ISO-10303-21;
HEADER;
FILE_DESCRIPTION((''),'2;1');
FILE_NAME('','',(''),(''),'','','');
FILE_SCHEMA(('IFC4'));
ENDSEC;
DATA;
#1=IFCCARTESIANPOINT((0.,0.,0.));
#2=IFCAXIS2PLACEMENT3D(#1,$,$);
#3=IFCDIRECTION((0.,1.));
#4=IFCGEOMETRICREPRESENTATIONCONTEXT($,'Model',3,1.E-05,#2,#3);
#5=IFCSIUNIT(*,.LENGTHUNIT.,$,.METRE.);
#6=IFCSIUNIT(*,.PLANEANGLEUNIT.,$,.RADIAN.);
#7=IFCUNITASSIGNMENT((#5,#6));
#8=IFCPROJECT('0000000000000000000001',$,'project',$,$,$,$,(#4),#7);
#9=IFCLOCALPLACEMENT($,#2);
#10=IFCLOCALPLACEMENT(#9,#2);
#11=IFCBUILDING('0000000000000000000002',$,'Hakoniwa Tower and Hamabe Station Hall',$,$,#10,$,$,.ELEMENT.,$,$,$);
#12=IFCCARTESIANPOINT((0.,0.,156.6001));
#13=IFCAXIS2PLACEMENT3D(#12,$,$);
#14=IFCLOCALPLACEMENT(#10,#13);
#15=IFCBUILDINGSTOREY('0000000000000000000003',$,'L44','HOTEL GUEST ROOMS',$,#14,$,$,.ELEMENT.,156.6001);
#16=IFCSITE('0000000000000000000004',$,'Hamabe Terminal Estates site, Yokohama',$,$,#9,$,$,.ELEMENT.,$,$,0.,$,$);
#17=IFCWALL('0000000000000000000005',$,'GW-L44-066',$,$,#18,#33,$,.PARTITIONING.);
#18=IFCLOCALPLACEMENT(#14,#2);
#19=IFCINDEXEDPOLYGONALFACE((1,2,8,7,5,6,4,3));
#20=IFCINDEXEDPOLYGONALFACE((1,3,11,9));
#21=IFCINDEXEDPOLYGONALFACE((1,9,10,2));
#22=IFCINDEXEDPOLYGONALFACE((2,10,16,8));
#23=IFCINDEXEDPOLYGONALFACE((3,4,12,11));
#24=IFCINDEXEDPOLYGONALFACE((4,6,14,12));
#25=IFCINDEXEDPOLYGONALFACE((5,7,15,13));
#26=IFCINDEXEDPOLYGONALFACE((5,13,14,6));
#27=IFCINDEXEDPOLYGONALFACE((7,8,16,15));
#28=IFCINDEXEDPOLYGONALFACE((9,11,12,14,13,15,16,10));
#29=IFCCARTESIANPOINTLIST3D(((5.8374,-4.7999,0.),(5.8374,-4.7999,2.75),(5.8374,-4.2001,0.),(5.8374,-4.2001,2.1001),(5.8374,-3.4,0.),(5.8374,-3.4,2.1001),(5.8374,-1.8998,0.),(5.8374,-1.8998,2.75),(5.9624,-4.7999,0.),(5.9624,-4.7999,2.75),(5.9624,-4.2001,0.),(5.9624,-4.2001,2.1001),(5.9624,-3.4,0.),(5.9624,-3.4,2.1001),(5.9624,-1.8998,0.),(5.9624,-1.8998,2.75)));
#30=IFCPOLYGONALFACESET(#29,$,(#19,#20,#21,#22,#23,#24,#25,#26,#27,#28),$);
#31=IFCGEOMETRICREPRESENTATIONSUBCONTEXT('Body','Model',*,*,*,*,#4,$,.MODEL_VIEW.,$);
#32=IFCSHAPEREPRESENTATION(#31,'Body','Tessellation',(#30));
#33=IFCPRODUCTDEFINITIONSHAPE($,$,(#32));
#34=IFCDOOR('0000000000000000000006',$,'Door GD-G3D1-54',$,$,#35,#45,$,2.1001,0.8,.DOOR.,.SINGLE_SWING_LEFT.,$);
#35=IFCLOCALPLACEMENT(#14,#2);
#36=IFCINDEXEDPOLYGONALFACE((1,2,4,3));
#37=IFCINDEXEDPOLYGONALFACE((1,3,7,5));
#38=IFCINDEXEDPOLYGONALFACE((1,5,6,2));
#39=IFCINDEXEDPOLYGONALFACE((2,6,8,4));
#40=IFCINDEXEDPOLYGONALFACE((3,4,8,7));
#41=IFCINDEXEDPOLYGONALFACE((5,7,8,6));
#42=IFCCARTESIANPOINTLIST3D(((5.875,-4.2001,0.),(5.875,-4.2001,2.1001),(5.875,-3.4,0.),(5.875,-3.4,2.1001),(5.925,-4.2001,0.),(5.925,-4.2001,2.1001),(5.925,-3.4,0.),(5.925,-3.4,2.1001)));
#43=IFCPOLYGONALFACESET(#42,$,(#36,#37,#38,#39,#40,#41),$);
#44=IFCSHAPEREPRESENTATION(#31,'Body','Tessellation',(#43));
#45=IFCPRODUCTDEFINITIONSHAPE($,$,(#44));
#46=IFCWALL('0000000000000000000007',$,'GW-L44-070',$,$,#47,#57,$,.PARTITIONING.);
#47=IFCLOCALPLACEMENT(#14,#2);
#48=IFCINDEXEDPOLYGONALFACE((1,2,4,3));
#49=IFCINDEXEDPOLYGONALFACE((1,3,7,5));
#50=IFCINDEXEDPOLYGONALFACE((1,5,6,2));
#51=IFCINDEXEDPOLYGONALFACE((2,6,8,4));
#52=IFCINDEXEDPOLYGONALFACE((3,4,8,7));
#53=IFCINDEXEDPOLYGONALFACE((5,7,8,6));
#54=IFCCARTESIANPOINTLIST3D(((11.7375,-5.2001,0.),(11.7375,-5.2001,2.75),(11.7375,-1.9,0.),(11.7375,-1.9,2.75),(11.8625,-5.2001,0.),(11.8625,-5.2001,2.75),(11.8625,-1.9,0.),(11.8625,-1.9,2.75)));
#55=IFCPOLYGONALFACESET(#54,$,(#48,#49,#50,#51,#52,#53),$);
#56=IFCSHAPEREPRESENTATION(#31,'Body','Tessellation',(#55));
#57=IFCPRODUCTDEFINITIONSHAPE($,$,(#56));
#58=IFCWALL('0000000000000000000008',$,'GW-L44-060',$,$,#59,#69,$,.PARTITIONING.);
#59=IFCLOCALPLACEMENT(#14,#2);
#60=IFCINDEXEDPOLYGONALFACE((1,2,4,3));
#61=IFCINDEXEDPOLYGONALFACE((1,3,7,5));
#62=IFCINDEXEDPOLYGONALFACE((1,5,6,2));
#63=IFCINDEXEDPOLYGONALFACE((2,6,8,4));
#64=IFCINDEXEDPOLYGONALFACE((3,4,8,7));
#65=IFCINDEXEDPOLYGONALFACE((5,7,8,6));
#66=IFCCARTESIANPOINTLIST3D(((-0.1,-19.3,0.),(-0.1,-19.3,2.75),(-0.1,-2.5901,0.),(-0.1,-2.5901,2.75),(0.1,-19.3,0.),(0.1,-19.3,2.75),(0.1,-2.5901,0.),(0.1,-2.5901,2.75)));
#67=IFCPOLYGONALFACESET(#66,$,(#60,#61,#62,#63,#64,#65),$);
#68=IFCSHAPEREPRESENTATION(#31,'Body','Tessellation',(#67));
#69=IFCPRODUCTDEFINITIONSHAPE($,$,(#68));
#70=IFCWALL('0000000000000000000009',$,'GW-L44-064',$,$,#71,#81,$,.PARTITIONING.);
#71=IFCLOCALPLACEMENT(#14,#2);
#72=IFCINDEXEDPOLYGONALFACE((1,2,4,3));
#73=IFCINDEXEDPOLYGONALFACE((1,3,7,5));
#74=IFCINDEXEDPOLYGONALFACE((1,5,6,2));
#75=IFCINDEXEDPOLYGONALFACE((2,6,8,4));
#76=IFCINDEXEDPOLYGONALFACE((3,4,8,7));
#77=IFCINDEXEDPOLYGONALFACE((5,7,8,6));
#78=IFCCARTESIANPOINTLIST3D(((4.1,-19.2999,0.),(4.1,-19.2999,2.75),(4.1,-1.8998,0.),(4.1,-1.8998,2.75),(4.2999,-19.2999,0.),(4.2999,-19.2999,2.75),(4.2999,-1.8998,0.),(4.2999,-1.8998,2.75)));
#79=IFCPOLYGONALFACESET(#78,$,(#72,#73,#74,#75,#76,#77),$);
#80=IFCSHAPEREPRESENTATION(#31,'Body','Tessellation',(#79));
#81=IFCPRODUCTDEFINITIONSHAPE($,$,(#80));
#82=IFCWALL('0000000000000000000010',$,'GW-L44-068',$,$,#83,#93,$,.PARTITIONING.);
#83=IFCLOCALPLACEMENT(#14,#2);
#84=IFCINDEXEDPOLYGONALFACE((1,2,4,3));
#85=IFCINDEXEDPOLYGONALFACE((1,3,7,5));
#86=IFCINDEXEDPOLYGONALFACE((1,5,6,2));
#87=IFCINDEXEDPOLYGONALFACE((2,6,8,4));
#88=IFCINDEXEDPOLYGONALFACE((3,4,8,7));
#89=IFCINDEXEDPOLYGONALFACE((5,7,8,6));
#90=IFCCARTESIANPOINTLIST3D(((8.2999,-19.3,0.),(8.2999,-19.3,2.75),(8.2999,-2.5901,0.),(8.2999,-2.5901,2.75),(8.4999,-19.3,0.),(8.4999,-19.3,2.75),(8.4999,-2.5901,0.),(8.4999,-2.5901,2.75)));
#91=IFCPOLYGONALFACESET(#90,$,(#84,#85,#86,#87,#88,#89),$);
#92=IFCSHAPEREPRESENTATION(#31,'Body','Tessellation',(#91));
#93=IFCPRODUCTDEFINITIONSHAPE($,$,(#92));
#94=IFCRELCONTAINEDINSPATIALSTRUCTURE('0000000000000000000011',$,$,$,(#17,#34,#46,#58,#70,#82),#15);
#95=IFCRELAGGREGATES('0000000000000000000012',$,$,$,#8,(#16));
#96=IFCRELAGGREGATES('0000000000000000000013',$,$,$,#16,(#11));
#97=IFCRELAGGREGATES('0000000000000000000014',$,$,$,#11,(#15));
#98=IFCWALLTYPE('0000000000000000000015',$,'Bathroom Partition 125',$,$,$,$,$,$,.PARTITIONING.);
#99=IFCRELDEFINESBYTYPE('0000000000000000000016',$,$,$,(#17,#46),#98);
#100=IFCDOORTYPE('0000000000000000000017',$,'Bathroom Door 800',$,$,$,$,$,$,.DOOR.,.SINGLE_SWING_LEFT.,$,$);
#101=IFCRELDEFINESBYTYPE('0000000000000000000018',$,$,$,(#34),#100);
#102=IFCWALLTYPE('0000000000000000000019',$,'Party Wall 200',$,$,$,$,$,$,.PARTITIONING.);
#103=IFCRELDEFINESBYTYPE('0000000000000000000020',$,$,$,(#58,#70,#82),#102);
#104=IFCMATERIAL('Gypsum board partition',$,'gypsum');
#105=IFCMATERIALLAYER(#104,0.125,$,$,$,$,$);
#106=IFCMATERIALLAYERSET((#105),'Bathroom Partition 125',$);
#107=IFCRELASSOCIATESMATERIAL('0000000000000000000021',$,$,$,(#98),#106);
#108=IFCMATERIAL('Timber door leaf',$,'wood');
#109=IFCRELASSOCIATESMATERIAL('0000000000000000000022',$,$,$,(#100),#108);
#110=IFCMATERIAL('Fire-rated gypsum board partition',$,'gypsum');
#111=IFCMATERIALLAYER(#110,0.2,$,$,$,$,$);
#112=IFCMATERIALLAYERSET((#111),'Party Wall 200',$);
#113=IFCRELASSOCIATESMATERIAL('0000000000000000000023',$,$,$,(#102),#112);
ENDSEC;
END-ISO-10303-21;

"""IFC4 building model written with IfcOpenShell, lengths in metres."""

from ifc_helpers import new_model, si_unit, direction, frame, frame_2d, origin, place, context, subcontext, project, spatial, rectangle, extrude, material, layer, layer_set, type_object, element, fill, save


model = new_model("IFC4")

# Units and contexts
model_context = context("Model", 3, precision=1e-05, world=origin(), true_north=direction((0.0, 1.0)))
body_context = subcontext(model_context, "Body", "Model", "MODEL_VIEW")
ifc_project = project(units=[si_unit("LENGTHUNIT", "METRE"), si_unit("PLANEANGLEUNIT", "RADIAN")], contexts=[model_context])

# Site, building, storey
site_placement = place(None, origin())
site = spatial("IfcSite", under=ifc_project, at=site_placement, Name="Hamabe Terminal Estates site, Yokohama", CompositionType="ELEMENT", RefElevation=0.0)
building_placement = place(site_placement, origin())
building = spatial("IfcBuilding", under=site, at=building_placement, Name="Hakoniwa Tower and Hamabe Station Hall", CompositionType="ELEMENT")
storey_placement = place(building_placement, frame((0.0, 0.0, 156.6001)))
storey = spatial("IfcBuildingStorey", under=building, at=storey_placement, Name="L44", Description="HOTEL GUEST ROOMS", CompositionType="ELEMENT", Elevation=156.6001)

# Shared definitions
ifc_material_1 = material(Name="Gypsum board partition", Category="gypsum")
ifc_layer_1 = layer(ifc_material_1, 0.125)
ifc_layer_set_1 = layer_set([ifc_layer_1], Name="Bathroom Partition 125")
wall_type_1 = type_object("IfcWallType", Name="Bathroom Partition 125", PredefinedType="PARTITIONING", material=ifc_layer_set_1)
ifc_material_2 = material(Name="Timber door leaf", Category="wood")
door_type = type_object("IfcDoorType", Name="Bathroom Door 800", OperationType="SINGLE_SWING_LEFT", PredefinedType="DOOR", material=ifc_material_2)

# Wall, opening, door
wall_1_placement = place(storey_placement, frame((5.8999, -4.8, 0.0), z_axis=(0.0, 0.0, 1.0), x_axis=(0.0, 1.0, 0.0)))
wall_1 = element("IfcWall", 1, at=wall_1_placement, inside=storey, type_object=wall_type_1, Name="GW-L44-066", PredefinedType="PARTITIONING", context=body_context, shape_type="SweptSolid", body=[
    extrude(rectangle(XDim=2.9001, YDim=0.125, at=frame_2d((1.4502, 0.0))), origin(), (0.0, 0.0, 1.0), 2.75),
])
opening_1_placement = place(wall_1_placement, frame((0.6001, 0.0, 0.0)))
opening_1 = element("IfcOpeningElement", 2, at=opening_1_placement, cuts=wall_1, PredefinedType="OPENING", context=body_context, shape_type="SweptSolid", body=[
    extrude(rectangle(XDim=0.8, YDim=2.1001, at=frame_2d((0.3999, 1.05))), frame((0.0, 0.0725, 0.0), z_axis=(0.0, -1.0, 0.0), x_axis=(1.0, 0.0, 0.0)), (0.0, 0.0, 1.0), 0.145),
])
door_1_placement = place(opening_1_placement, origin())
door_1 = element("IfcDoor", 3, at=door_1_placement, inside=storey, type_object=door_type, Name="Door GD-G3D1-54", OperationType="SINGLE_SWING_LEFT", OverallHeight=2.1001, OverallWidth=0.8, PredefinedType="DOOR", context=body_context, shape_type="SweptSolid", body=[
    extrude(rectangle(XDim=0.8, YDim=2.1001, at=frame_2d((0.3999, 1.05))), frame((0.0, 0.0249, 0.0), z_axis=(0.0, -1.0, 0.0), x_axis=(1.0, 0.0, 0.0)), (0.0, 0.0, 1.0), 0.05),
])
fill(opening_1, door_1)

# Walls
wall_2_placement = place(storey_placement, frame((11.8, -5.2, 0.0), z_axis=(0.0, 0.0, 1.0), x_axis=(0.0, 1.0, 0.0)))
element("IfcWall", 4, at=wall_2_placement, inside=storey, type_object=wall_type_1, Name="GW-L44-070", PredefinedType="PARTITIONING", context=body_context, shape_type="SweptSolid", body=[
    extrude(rectangle(XDim=3.3, YDim=0.125, at=frame_2d((1.6499, 0.0))), origin(), (0.0, 0.0, 1.0), 2.75),
])
ifc_material_3 = material(Name="Fire-rated gypsum board partition", Category="gypsum")
ifc_layer_2 = layer(ifc_material_3, 0.2)
ifc_layer_set_2 = layer_set([ifc_layer_2], Name="Party Wall 200")
wall_type_2 = type_object("IfcWallType", Name="Party Wall 200", PredefinedType="PARTITIONING", material=ifc_layer_set_2)
wall_3_placement = place(storey_placement, frame((0.0, -19.3, 0.0), z_axis=(0.0, 0.0, 1.0), x_axis=(0.0, 1.0, 0.0)))
element("IfcWall", 5, at=wall_3_placement, inside=storey, type_object=wall_type_2, Name="GW-L44-060", PredefinedType="PARTITIONING", context=body_context, shape_type="SweptSolid", body=[
    extrude(rectangle(XDim=16.71, YDim=0.2, at=frame_2d((8.355, 0.0))), origin(), (0.0, 0.0, 1.0), 2.75),
])
wall_4_placement = place(storey_placement, frame((4.2, -19.3, 0.0), z_axis=(0.0, 0.0, 1.0), x_axis=(0.0, 1.0, 0.0)))
element("IfcWall", 6, at=wall_4_placement, inside=storey, type_object=wall_type_2, Name="GW-L44-064", PredefinedType="PARTITIONING", context=body_context, shape_type="SweptSolid", body=[
    extrude(rectangle(XDim=17.4001, YDim=0.2, at=frame_2d((8.7002, 0.0))), origin(), (0.0, 0.0, 1.0), 2.75),
])
wall_5_placement = place(storey_placement, frame((8.3999, -19.3, 0.0), z_axis=(0.0, 0.0, 1.0), x_axis=(0.0, 1.0, 0.0)))
element("IfcWall", 7, at=wall_5_placement, inside=storey, type_object=wall_type_2, Name="GW-L44-068", PredefinedType="PARTITIONING", context=body_context, shape_type="SweptSolid", body=[
    extrude(rectangle(XDim=16.71, YDim=0.2, at=frame_2d((8.355, 0.0))), origin(), (0.0, 0.0, 1.0), 2.75),
])

save(model, "model.ifc")
